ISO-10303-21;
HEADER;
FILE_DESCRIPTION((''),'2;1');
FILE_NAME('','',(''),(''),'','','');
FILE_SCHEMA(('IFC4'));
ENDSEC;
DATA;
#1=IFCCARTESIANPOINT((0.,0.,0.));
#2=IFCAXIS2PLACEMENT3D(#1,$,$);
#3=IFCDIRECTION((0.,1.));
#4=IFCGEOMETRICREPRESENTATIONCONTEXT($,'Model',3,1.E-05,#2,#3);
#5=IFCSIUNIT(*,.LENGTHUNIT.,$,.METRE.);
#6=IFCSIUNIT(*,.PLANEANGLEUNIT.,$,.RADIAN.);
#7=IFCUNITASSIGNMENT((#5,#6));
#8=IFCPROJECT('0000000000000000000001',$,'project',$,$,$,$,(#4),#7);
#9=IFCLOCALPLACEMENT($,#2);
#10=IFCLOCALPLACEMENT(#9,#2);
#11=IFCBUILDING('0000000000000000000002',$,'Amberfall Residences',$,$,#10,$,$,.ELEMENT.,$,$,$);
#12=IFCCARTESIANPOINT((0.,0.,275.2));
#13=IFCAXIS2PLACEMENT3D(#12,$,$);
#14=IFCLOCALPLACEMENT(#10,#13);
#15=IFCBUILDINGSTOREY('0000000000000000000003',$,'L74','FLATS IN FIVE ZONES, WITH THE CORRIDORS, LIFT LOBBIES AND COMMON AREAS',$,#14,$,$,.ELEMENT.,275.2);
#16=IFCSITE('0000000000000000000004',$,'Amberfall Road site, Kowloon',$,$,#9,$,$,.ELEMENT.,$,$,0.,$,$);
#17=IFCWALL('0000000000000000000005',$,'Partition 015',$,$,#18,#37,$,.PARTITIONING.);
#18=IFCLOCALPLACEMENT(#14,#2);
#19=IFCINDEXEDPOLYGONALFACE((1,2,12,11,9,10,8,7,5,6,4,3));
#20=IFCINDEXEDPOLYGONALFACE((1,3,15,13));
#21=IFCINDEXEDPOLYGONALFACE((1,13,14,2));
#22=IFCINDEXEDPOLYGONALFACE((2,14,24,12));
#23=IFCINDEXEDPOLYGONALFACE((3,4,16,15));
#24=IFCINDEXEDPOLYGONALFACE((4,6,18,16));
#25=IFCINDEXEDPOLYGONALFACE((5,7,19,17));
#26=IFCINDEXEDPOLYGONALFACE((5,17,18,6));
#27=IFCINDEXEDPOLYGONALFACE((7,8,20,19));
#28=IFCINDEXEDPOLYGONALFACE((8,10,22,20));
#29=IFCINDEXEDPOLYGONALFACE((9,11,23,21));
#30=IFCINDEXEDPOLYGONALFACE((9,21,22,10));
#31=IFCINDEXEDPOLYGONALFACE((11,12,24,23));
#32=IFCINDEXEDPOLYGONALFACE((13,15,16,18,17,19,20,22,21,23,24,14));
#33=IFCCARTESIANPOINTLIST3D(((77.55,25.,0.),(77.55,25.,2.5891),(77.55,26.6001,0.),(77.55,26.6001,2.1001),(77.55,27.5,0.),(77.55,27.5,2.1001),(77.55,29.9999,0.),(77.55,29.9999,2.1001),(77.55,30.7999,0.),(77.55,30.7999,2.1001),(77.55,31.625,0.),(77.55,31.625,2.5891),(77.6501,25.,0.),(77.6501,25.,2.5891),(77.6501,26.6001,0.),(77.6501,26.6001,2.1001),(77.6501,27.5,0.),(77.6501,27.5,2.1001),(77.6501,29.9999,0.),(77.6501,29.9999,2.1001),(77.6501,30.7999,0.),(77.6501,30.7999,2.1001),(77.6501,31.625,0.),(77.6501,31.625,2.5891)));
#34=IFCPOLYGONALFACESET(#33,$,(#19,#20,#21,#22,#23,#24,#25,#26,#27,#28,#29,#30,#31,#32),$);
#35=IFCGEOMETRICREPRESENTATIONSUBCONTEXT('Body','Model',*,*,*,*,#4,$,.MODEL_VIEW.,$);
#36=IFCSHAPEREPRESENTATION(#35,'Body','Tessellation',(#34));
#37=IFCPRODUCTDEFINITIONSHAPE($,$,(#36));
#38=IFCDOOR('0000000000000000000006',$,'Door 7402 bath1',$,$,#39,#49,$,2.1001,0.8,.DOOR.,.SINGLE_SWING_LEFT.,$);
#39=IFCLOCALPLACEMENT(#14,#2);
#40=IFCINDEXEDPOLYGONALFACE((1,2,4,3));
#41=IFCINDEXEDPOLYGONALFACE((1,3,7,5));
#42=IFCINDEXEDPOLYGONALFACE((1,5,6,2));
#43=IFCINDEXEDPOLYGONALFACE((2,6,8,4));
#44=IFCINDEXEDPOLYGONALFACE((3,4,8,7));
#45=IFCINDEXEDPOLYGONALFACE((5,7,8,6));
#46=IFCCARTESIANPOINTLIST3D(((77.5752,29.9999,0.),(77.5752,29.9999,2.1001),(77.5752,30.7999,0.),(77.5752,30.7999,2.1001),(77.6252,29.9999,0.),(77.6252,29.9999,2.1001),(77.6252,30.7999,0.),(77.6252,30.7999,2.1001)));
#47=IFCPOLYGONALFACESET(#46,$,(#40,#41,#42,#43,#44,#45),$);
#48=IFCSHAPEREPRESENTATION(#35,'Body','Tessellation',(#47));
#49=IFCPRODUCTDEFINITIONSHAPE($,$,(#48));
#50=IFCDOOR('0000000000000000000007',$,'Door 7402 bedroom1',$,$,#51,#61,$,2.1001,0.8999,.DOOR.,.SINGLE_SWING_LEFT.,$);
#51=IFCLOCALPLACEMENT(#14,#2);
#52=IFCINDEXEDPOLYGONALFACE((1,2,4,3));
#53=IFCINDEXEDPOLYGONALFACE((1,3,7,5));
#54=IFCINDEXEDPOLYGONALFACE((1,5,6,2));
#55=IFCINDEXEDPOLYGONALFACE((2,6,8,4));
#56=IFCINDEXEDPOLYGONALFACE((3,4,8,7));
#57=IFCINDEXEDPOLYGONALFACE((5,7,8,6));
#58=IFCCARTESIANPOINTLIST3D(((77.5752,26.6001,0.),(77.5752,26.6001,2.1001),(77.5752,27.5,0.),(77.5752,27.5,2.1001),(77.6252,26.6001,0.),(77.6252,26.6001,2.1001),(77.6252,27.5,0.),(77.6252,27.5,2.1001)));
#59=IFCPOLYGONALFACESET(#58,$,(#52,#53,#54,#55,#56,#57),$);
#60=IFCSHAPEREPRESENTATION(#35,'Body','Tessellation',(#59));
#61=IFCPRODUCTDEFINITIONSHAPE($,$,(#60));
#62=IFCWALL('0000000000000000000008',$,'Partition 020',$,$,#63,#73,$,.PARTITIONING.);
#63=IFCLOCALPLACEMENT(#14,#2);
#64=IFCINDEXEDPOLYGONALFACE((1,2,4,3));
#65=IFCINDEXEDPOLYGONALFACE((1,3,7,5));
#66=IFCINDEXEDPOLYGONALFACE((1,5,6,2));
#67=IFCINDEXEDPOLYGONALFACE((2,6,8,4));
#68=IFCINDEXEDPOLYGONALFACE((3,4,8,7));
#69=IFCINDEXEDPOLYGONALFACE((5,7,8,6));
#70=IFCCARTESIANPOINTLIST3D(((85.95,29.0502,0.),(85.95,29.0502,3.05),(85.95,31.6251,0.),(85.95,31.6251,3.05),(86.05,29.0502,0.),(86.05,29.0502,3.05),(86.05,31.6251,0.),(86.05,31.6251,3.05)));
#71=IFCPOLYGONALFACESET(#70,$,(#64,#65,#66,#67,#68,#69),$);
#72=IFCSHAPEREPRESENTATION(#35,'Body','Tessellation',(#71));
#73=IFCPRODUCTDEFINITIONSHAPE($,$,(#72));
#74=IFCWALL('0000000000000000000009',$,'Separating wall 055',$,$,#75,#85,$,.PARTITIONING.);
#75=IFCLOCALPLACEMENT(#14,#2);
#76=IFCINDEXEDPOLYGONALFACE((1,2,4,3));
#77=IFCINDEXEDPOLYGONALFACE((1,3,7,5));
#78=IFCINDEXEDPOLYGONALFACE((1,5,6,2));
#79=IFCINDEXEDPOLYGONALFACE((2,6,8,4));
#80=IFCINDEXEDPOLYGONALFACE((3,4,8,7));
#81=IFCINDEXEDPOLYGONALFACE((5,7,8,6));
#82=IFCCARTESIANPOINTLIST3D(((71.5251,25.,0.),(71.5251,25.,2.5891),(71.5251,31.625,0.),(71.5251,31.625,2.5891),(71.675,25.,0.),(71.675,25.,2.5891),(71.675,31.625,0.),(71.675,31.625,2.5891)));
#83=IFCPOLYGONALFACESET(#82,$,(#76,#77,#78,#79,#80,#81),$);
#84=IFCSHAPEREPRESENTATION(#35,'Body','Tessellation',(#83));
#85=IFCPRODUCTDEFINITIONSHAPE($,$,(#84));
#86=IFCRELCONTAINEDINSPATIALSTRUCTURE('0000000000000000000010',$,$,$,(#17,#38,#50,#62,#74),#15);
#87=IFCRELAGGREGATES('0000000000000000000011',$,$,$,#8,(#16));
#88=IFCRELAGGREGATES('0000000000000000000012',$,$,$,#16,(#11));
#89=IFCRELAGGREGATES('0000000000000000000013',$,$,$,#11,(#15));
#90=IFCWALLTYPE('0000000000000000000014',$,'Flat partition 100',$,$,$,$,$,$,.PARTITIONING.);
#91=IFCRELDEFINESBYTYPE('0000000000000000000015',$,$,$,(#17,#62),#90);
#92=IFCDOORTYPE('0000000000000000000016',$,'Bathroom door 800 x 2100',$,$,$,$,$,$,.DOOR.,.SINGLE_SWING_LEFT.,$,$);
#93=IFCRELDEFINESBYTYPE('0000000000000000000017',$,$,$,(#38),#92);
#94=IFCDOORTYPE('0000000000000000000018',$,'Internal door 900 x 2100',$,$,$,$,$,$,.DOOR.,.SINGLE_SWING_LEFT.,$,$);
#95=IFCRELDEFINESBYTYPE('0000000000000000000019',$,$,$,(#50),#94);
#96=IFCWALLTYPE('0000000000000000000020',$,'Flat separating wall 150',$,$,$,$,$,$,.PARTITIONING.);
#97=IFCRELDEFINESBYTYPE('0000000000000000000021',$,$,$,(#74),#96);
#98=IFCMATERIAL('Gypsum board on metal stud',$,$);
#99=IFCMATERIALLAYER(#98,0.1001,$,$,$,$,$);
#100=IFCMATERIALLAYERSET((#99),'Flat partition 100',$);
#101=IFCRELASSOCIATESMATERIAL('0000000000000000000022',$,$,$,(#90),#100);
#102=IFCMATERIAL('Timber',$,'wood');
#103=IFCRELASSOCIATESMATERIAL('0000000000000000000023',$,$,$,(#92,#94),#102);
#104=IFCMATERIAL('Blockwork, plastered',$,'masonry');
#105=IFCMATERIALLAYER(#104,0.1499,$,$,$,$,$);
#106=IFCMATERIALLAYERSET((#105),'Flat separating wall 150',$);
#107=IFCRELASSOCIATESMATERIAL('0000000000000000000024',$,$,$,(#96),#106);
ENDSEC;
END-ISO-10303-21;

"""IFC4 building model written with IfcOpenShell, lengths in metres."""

from ifc_helpers import new_model, si_unit, direction, frame, frame_2d, origin, place, context, subcontext, project, spatial, rectangle, extrude, material, layer, layer_set, type_object, element, fill, save


model = new_model("IFC4")

# Units and contexts
model_context = context("Model", 3, precision=1e-05, world=origin(), true_north=direction((0.0, 1.0)))
body_context = subcontext(model_context, "Body", "Model", "MODEL_VIEW")
ifc_project = project(units=[si_unit("LENGTHUNIT", "METRE"), si_unit("PLANEANGLEUNIT", "RADIAN")], contexts=[model_context])

# Site, building, storey
site_placement = place(None, origin())
site = spatial("IfcSite", under=ifc_project, at=site_placement, Name="Amberfall Road site, Kowloon", CompositionType="ELEMENT", RefElevation=0.0)
building_placement = place(site_placement, origin())
building = spatial("IfcBuilding", under=site, at=building_placement, Name="Amberfall Residences", CompositionType="ELEMENT")
storey_placement = place(building_placement, frame((0.0, 0.0, 275.2)))
storey = spatial("IfcBuildingStorey", under=building, at=storey_placement, Name="L74", Description="FLATS IN FIVE ZONES, WITH THE CORRIDORS, LIFT LOBBIES AND COMMON AREAS", CompositionType="ELEMENT", Elevation=275.2)

# Shared definitions
ifc_material_1 = material(Name="Gypsum board on metal stud")
ifc_layer_1 = layer(ifc_material_1, 0.1001)
ifc_layer_set_1 = layer_set([ifc_layer_1], Name="Flat partition 100")
wall_type_1 = type_object("IfcWallType", Name="Flat partition 100", PredefinedType="PARTITIONING", material=ifc_layer_set_1)

# Wall, openings, doors
wall_1_placement = place(storey_placement, frame((77.6001, 25.0, 0.0), z_axis=(0.0, 0.0, 1.0), x_axis=(0.0, 1.0, 0.0)))
wall_1 = element("IfcWall", 1, at=wall_1_placement, inside=storey, type_object=wall_type_1, Name="Partition 015", PredefinedType="PARTITIONING", context=body_context, shape_type="SweptSolid", body=[
    extrude(rectangle(XDim=6.625, YDim=0.1001, at=frame_2d((3.3125, 0.0))), origin(), (0.0, 0.0, 1.0), 2.5891),
])
opening_1_placement = place(wall_1_placement, frame((1.6001, 0.0, 0.0)))
opening_1 = element("IfcOpeningElement", 2, at=opening_1_placement, cuts=wall_1, PredefinedType="OPENING", context=body_context, shape_type="SweptSolid", body=[
    extrude(rectangle(XDim=0.8999, YDim=2.1001, at=frame_2d((0.45, 1.05))), frame((0.0, 0.0601, 0.0), z_axis=(0.0, -1.0, 0.0), x_axis=(1.0, 0.0, 0.0)), (0.0, 0.0, 1.0), 0.1201),
])
opening_2_placement = place(wall_1_placement, frame((5.0, 0.0, 0.0)))
opening_2 = element("IfcOpeningElement", 3, at=opening_2_placement, cuts=wall_1, PredefinedType="OPENING", context=body_context, shape_type="SweptSolid", body=[
    extrude(rectangle(XDim=0.8, YDim=2.1001, at=frame_2d((0.3999, 1.05))), frame((0.0, 0.0601, 0.0), z_axis=(0.0, -1.0, 0.0), x_axis=(1.0, 0.0, 0.0)), (0.0, 0.0, 1.0), 0.1201),
])
ifc_material_2 = material(Name="Timber", Category="wood")
door_type_1 = type_object("IfcDoorType", Name="Bathroom door 800 x 2100", OperationType="SINGLE_SWING_LEFT", PredefinedType="DOOR", material=ifc_material_2)
door_1_placement = place(opening_2_placement, origin())
door_1 = element("IfcDoor", 4, at=door_1_placement, inside=storey, type_object=door_type_1, Name="Door 7402 bath1", OperationType="SINGLE_SWING_LEFT", OverallHeight=2.1001, OverallWidth=0.8, PredefinedType="DOOR", context=body_context, shape_type="SweptSolid", body=[
    extrude(rectangle(XDim=0.8, YDim=2.1001, at=frame_2d((0.3999, 1.05))), frame((0.0, 0.0249, 0.0), z_axis=(0.0, -1.0, 0.0), x_axis=(1.0, 0.0, 0.0)), (0.0, 0.0, 1.0), 0.05),
])
fill(opening_2, door_1)
door_type_2 = type_object("IfcDoorType", Name="Internal door 900 x 2100", OperationType="SINGLE_SWING_LEFT", PredefinedType="DOOR", material=ifc_material_2)
door_2_placement = place(opening_1_placement, origin())
door_2 = element("IfcDoor", 5, at=door_2_placement, inside=storey, type_object=door_type_2, Name="Door 7402 bedroom1", OperationType="SINGLE_SWING_LEFT", OverallHeight=2.1001, OverallWidth=0.8999, PredefinedType="DOOR", context=body_context, shape_type="SweptSolid", body=[
    extrude(rectangle(XDim=0.8999, YDim=2.1001, at=frame_2d((0.45, 1.05))), frame((0.0, 0.0249, 0.0), z_axis=(0.0, -1.0, 0.0), x_axis=(1.0, 0.0, 0.0)), (0.0, 0.0, 1.0), 0.05),
])
fill(opening_1, door_2)

# Walls
wall_2_placement = place(storey_placement, frame((86.0, 29.05, 0.0), z_axis=(0.0, 0.0, 1.0), x_axis=(0.0, 1.0, 0.0)))
element("IfcWall", 6, at=wall_2_placement, inside=storey, type_object=wall_type_1, Name="Partition 020", PredefinedType="PARTITIONING", context=body_context, shape_type="SweptSolid", body=[
    extrude(rectangle(XDim=2.575, YDim=0.1001, at=frame_2d((1.2876, 0.0))), origin(), (0.0, 0.0, 1.0), 3.05),
])
ifc_material_3 = material(Name="Blockwork, plastered", Category="masonry")
ifc_layer_2 = layer(ifc_material_3, 0.1499)
ifc_layer_set_2 = layer_set([ifc_layer_2], Name="Flat separating wall 150")
wall_type_2 = type_object("IfcWallType", Name="Flat separating wall 150", PredefinedType="PARTITIONING", material=ifc_layer_set_2)
wall_3_placement = place(storey_placement, frame((71.6001, 25.0, 0.0), z_axis=(0.0, 0.0, 1.0), x_axis=(0.0, 1.0, 0.0)))
element("IfcWall", 7, at=wall_3_placement, inside=storey, type_object=wall_type_2, Name="Separating wall 055", PredefinedType="PARTITIONING", context=body_context, shape_type="SweptSolid", body=[
    extrude(rectangle(XDim=6.625, YDim=0.1499, at=frame_2d((3.3125, 0.0))), origin(), (0.0, 0.0, 1.0), 2.5891),
])

save(model, "model.ifc")
